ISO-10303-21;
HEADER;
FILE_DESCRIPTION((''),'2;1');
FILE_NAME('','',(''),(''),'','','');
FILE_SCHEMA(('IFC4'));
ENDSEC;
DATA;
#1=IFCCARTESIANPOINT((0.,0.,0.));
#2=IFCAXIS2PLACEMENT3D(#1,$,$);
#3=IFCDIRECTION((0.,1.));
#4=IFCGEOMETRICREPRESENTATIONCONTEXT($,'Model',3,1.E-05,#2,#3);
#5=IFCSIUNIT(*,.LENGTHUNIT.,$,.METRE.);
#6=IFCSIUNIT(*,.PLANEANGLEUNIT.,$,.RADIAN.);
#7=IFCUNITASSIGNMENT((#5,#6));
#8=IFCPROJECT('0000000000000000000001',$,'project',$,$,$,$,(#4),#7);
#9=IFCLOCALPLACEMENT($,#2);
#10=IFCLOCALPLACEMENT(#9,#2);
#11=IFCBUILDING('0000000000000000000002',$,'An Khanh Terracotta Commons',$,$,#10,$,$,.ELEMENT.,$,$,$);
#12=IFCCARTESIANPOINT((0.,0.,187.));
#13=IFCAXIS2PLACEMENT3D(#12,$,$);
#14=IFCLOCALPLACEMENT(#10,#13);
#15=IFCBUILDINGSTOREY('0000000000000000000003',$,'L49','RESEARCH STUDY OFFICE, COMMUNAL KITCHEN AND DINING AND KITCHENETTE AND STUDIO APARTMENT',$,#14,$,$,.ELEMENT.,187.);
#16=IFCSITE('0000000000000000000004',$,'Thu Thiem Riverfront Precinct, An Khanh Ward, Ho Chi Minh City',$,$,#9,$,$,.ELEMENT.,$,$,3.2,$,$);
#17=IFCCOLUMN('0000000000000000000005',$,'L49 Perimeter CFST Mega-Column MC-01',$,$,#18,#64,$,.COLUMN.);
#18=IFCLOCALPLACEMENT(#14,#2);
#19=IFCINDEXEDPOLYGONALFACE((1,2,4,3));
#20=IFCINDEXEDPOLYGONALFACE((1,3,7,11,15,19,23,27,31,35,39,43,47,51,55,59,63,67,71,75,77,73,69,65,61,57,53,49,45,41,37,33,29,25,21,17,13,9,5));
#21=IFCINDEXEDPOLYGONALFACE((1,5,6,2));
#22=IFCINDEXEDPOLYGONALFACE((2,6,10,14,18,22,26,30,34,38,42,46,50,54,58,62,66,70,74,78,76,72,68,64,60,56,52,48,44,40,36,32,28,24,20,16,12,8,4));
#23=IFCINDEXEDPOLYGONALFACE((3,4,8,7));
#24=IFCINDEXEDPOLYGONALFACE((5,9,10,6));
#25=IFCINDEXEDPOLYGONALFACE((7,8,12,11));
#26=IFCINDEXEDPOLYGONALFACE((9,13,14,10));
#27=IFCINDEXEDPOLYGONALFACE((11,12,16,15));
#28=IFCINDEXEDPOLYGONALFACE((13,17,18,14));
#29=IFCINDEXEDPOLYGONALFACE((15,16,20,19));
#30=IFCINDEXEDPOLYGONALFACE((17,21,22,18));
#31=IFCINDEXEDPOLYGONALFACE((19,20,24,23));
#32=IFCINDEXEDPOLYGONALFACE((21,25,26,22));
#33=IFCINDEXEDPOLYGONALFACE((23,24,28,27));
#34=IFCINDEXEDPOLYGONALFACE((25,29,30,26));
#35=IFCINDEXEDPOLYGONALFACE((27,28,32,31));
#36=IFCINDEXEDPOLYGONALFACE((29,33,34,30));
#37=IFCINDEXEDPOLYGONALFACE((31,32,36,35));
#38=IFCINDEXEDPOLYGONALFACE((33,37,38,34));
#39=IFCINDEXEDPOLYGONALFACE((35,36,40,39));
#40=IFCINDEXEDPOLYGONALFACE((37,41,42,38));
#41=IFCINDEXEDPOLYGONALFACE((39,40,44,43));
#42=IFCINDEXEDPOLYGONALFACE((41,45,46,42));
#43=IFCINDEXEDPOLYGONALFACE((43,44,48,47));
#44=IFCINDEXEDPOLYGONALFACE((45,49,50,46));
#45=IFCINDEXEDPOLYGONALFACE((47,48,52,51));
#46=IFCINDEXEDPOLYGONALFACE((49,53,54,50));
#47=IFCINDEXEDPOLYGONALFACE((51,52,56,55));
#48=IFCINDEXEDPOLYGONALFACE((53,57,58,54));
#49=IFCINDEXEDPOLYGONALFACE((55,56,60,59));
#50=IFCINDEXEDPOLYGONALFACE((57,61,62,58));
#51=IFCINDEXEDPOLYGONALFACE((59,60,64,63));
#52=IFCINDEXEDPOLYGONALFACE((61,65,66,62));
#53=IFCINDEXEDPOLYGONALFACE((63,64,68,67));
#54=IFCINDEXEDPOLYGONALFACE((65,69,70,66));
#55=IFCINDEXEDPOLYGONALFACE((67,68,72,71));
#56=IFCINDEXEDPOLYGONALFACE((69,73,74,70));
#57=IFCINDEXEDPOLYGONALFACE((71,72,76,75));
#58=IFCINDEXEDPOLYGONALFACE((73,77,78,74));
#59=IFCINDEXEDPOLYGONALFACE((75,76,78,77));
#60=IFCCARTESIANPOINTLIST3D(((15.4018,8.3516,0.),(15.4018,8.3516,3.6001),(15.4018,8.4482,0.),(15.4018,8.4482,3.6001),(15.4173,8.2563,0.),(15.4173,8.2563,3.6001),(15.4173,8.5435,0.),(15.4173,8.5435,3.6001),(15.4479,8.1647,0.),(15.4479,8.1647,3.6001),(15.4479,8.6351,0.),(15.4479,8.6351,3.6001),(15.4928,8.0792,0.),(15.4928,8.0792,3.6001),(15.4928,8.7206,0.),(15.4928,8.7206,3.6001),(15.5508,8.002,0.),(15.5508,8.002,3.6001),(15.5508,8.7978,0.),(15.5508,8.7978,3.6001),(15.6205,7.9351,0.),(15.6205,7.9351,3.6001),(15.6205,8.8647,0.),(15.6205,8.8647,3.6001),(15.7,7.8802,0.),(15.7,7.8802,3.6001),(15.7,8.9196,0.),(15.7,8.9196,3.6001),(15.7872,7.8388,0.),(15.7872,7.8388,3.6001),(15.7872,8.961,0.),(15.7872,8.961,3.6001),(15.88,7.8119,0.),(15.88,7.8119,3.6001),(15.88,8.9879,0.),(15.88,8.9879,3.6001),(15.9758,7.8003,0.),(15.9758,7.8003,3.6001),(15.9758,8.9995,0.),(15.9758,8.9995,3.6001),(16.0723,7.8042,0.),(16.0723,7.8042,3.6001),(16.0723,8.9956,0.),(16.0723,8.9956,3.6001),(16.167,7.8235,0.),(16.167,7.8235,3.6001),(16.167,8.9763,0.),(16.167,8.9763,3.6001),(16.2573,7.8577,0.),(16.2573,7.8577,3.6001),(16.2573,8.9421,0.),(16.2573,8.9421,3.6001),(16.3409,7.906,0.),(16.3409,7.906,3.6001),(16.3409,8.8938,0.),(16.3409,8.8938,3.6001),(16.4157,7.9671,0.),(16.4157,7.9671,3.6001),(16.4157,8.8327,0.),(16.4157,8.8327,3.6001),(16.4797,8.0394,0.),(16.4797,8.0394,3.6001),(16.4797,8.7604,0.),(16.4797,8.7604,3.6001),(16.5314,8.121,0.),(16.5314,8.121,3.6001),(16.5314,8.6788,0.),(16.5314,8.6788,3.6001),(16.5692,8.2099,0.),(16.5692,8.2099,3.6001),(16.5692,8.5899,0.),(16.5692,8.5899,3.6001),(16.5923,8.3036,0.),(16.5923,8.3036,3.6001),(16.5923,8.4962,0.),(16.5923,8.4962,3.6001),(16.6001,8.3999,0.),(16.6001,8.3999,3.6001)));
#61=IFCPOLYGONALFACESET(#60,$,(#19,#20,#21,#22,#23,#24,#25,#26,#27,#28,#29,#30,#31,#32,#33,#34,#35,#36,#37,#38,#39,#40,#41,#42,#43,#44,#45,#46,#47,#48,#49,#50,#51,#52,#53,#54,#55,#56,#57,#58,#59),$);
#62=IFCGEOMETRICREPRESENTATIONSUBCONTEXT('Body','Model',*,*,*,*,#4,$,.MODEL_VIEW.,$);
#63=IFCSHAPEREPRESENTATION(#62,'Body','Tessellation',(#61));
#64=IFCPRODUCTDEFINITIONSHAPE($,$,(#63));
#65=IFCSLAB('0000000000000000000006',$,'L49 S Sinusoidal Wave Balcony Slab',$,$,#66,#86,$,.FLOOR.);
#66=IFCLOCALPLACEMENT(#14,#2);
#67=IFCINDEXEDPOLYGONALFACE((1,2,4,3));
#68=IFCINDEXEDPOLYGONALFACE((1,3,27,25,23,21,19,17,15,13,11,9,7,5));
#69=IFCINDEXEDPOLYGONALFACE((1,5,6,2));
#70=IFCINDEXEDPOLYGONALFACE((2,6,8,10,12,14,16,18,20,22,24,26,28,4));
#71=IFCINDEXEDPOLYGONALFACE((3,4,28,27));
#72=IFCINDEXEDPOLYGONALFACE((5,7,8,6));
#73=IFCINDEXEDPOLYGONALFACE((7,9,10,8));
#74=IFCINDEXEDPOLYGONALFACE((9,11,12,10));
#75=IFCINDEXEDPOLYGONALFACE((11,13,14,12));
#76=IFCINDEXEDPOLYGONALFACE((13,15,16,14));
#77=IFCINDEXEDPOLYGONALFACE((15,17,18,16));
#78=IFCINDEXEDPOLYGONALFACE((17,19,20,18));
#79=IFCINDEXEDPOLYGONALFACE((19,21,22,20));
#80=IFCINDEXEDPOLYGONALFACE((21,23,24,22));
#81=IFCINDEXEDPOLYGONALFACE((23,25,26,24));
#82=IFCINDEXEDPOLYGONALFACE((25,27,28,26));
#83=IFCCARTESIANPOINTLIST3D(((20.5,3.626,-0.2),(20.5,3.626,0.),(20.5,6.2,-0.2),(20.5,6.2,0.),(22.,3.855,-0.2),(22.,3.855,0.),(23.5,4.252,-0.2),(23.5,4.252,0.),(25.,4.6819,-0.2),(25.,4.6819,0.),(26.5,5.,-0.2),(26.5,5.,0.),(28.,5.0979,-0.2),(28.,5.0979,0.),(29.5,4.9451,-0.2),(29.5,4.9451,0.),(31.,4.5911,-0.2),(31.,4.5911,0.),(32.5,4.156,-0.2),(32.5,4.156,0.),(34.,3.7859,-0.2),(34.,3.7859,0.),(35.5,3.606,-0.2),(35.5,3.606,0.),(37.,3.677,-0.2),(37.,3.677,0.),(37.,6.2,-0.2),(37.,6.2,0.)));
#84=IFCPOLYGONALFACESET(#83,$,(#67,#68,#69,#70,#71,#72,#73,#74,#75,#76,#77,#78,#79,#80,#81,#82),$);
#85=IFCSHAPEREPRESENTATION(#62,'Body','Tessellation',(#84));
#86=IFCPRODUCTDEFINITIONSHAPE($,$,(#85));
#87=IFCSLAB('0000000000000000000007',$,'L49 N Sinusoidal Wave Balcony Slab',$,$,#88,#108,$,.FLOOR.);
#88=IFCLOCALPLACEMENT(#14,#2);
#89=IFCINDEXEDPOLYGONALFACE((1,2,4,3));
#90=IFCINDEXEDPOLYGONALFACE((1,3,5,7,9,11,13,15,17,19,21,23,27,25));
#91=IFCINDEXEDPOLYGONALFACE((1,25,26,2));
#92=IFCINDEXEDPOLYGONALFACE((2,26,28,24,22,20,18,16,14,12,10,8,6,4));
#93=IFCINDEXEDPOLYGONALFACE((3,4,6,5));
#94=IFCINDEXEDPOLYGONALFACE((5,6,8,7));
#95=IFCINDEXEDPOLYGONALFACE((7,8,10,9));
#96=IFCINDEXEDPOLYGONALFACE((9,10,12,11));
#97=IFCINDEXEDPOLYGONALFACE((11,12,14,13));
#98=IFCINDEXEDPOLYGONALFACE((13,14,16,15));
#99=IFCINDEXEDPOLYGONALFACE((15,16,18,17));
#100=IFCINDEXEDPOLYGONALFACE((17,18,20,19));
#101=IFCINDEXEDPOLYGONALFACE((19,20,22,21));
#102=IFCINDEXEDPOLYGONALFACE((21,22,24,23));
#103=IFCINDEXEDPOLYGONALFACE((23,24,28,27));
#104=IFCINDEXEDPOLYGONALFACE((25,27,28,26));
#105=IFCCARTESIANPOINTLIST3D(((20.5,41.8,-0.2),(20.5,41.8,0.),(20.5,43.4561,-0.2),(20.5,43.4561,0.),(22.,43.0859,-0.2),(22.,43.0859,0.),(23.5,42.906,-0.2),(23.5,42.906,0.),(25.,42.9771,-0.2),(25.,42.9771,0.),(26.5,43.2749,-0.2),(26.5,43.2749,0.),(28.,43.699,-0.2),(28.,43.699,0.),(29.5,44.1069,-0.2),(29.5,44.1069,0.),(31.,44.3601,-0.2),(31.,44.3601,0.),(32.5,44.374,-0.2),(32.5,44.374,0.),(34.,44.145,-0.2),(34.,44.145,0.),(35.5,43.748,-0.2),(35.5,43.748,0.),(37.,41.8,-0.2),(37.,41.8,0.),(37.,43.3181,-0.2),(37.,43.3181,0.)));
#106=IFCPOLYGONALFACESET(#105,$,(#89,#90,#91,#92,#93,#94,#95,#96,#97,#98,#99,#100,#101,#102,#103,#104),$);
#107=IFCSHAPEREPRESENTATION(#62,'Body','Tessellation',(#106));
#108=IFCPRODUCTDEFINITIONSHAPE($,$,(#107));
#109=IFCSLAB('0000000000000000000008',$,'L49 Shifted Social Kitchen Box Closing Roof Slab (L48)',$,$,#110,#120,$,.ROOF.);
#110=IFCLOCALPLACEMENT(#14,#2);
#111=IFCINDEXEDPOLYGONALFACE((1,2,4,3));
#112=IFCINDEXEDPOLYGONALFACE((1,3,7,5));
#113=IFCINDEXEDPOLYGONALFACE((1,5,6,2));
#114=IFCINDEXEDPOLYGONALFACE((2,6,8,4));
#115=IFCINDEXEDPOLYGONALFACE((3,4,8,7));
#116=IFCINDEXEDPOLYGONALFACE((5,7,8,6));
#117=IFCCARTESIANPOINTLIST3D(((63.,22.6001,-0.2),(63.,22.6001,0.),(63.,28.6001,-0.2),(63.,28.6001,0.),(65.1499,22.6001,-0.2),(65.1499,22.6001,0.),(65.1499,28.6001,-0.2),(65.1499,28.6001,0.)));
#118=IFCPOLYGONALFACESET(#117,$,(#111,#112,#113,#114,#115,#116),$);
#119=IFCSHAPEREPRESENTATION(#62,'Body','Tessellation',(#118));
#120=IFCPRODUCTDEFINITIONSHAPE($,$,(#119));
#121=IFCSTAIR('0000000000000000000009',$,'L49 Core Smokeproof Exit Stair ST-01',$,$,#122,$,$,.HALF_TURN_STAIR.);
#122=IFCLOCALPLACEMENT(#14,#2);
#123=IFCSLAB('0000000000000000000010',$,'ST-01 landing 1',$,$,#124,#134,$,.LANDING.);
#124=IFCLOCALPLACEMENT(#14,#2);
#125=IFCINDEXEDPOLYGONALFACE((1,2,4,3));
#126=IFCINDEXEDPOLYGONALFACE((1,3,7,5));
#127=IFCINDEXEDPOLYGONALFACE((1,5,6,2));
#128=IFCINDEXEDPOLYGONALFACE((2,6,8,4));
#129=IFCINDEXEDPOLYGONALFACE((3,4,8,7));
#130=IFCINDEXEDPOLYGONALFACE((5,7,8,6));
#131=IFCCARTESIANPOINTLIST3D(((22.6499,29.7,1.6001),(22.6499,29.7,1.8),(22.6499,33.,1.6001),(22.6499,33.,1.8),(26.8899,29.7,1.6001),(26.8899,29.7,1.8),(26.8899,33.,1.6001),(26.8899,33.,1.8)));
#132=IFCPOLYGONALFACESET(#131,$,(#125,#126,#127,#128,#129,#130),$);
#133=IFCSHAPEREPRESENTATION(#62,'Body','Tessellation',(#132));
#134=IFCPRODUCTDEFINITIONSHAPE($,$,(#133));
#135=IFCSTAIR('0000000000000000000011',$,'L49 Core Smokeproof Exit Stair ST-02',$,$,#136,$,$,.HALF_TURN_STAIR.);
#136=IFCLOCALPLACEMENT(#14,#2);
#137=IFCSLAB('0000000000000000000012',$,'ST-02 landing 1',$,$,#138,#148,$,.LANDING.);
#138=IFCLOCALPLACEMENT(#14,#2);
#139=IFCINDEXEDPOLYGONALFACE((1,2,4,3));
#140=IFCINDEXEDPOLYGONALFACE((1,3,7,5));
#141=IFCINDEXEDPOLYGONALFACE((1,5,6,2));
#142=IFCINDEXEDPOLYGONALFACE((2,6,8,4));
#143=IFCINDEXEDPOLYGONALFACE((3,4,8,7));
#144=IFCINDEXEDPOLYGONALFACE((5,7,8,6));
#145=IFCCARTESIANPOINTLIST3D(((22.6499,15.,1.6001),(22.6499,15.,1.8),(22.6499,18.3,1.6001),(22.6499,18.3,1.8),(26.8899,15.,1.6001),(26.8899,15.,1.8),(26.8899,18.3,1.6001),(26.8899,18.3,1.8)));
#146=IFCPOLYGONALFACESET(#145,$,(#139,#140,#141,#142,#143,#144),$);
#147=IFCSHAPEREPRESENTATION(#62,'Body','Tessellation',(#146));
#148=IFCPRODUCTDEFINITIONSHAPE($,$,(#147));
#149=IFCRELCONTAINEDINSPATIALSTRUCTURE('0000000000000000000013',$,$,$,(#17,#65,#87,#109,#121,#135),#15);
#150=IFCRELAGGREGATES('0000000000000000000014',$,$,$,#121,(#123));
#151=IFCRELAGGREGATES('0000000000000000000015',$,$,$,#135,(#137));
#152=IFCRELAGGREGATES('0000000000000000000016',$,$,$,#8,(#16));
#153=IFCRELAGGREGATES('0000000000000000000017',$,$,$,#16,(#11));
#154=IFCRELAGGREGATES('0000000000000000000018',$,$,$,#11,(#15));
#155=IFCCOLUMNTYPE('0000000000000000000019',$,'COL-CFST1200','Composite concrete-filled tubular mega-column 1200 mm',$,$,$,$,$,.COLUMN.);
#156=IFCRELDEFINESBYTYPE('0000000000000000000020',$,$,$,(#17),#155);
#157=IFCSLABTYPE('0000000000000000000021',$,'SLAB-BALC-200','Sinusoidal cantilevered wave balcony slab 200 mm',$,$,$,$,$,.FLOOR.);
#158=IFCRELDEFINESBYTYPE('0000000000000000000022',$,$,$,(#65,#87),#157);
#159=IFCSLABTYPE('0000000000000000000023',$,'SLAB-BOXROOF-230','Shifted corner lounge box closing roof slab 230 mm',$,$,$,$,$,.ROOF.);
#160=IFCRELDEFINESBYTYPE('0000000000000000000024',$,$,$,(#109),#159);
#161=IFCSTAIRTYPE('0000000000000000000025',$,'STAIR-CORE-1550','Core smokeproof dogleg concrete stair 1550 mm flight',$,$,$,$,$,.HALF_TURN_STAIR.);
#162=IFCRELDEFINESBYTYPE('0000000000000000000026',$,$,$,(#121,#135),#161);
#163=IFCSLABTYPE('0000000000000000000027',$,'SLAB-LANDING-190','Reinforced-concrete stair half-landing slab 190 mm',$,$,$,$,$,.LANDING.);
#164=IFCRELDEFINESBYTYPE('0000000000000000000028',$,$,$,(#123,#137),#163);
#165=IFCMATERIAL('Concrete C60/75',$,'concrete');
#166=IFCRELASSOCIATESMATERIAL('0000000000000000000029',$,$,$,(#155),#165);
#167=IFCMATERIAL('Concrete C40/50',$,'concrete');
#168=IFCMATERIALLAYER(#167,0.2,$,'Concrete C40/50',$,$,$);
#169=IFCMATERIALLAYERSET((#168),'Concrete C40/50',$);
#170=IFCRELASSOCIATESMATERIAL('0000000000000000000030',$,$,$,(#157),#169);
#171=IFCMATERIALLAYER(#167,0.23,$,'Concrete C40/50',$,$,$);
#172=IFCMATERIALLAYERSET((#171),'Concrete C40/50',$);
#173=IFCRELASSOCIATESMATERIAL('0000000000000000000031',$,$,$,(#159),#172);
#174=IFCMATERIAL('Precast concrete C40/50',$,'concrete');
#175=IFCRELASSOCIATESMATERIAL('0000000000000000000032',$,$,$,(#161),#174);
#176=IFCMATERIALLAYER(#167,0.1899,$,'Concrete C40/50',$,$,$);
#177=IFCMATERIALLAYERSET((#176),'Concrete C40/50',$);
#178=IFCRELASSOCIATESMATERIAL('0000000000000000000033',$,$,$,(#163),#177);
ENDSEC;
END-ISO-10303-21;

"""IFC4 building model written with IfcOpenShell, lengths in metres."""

from ifc_helpers import new_model, si_unit, direction, frame, origin, origin_2d, place, context, subcontext, project, spatial, polyline, circle, outline, extrude, material, layer, layer_set, material_profile, profile_set, type_object, element, aggregate, save


model = new_model("IFC4")

# Units and contexts
model_context = context("Model", 3, precision=1e-05, world=origin(), true_north=direction((0.0, 1.0)))
body_context = subcontext(model_context, "Body", "Model", "MODEL_VIEW")
ifc_project = project(units=[si_unit("LENGTHUNIT", "METRE"), si_unit("PLANEANGLEUNIT", "RADIAN")], contexts=[model_context])

# Site, building, storey
site_placement = place(None, origin())
site = spatial("IfcSite", under=ifc_project, at=site_placement, Name="Thu Thiem Riverfront Precinct, An Khanh Ward, Ho Chi Minh City", CompositionType="ELEMENT", RefElevation=3.2)
building_placement = place(site_placement, origin())
building = spatial("IfcBuilding", under=site, at=building_placement, Name="An Khanh Terracotta Commons", CompositionType="ELEMENT")
storey_placement = place(building_placement, frame((0.0, 0.0, 187.0)))
storey = spatial("IfcBuildingStorey", under=building, at=storey_placement, Name="L49", Description="RESEARCH STUDY OFFICE, COMMUNAL KITCHEN AND DINING AND KITCHENETTE AND STUDIO APARTMENT", CompositionType="ELEMENT", Elevation=187.0)

# Column
ifc_material_1 = material(Name="Concrete C60/75", Category="concrete")
ifc_material_profile = material_profile(ifc_material_1, circle(Radius=0.6001, at=origin_2d()), Name="CFST1200")
ifc_profile_set = profile_set([ifc_material_profile], Name="Concrete C60/75")
column_type = type_object("IfcColumnType", Name="COL-CFST1200", Description="Composite concrete-filled tubular mega-column 1200 mm", PredefinedType="COLUMN", material=ifc_profile_set)
column_placement = place(storey_placement, frame((16.0, 8.3999, 0.0), z_axis=(0.0, 0.0, 1.0), x_axis=(1.0, 0.0, 0.0)))
element("IfcColumn", 1, at=column_placement, inside=storey, type_object=column_type, Name="L49 Perimeter CFST Mega-Column MC-01", PredefinedType="COLUMN", context=body_context, shape_type="SweptSolid", body=[
    extrude(circle(Radius=0.6001, at=origin_2d()), origin(), (0.0, 0.0, 1.0), 3.6001),
])

# Slabs
ifc_material_2 = material(Name="Concrete C40/50", Category="concrete")
ifc_layer_1 = layer(ifc_material_2, 0.2, Name="Concrete C40/50")
ifc_layer_set_1 = layer_set([ifc_layer_1], Name="Concrete C40/50")
slab_type_1 = type_object("IfcSlabType", Name="SLAB-BALC-200", Description="Sinusoidal cantilevered wave balcony slab 200 mm", PredefinedType="FLOOR", material=ifc_layer_set_1)
slab_1_placement = place(storey_placement, frame((0.0, 0.0, -0.2)))
element("IfcSlab", 2, at=slab_1_placement, inside=storey, type_object=slab_type_1, Name="L49 S Sinusoidal Wave Balcony Slab", PredefinedType="FLOOR", context=body_context, shape_type="SweptSolid", body=[
    extrude(outline(polyline([(20.5, 6.2), (20.5, 3.626), (22.0, 3.855), (23.5, 4.252), (25.0, 4.6819), (26.5, 5.0), (28.0, 5.0979), (29.5, 4.9451), (31.0, 4.5911), (32.5, 4.156), (34.0, 3.7859), (35.5, 3.606), (37.0, 3.677), (37.0, 6.2), (20.5, 6.2)])), origin(), (0.0, 0.0, 1.0), 0.2),
])
slab_2_placement = place(storey_placement, frame((0.0, 0.0, -0.2)))
element("IfcSlab", 3, at=slab_2_placement, inside=storey, type_object=slab_type_1, Name="L49 N Sinusoidal Wave Balcony Slab", PredefinedType="FLOOR", context=body_context, shape_type="SweptSolid", body=[
    extrude(outline(polyline([(37.0, 41.8), (37.0, 43.3181), (35.5, 43.748), (34.0, 44.145), (32.5, 44.374), (31.0, 44.3601), (29.5, 44.1069), (28.0, 43.699), (26.5, 43.2749), (25.0, 42.9771), (23.5, 42.906), (22.0, 43.0859), (20.5, 43.4561), (20.5, 41.8), (37.0, 41.8)])), origin(), (0.0, 0.0, 1.0), 0.2),
])
ifc_layer_2 = layer(ifc_material_2, 0.23, Name="Concrete C40/50")
ifc_layer_set_2 = layer_set([ifc_layer_2], Name="Concrete C40/50")
slab_type_2 = type_object("IfcSlabType", Name="SLAB-BOXROOF-230", Description="Shifted corner lounge box closing roof slab 230 mm", PredefinedType="ROOF", material=ifc_layer_set_2)
slab_3_placement = place(storey_placement, frame((0.0, 0.0, -0.2)))
element("IfcSlab", 4, at=slab_3_placement, inside=storey, type_object=slab_type_2, Name="L49 Shifted Social Kitchen Box Closing Roof Slab (L48)", PredefinedType="ROOF", context=body_context, shape_type="SweptSolid", body=[
    extrude(outline(polyline([(63.0, 22.6001), (65.1499, 22.6001), (65.1499, 28.6001), (63.0, 28.6001), (63.0, 22.6001)])), origin(), (0.0, 0.0, 1.0), 0.2),
])

# Stairs, slabs
ifc_material_3 = material(Name="Precast concrete C40/50", Category="concrete")
stair_type = type_object("IfcStairType", Name="STAIR-CORE-1550", Description="Core smokeproof dogleg concrete stair 1550 mm flight", PredefinedType="HALF_TURN_STAIR", material=ifc_material_3)
stair_1_placement = place(storey_placement, origin())
stair_1 = element("IfcStair", 5, at=stair_1_placement, inside=storey, type_object=stair_type, Name="L49 Core Smokeproof Exit Stair ST-01", PredefinedType="HALF_TURN_STAIR")
ifc_layer_3 = layer(ifc_material_2, 0.1899, Name="Concrete C40/50")
ifc_layer_set_3 = layer_set([ifc_layer_3], Name="Concrete C40/50")
slab_type_3 = type_object("IfcSlabType", Name="SLAB-LANDING-190", Description="Reinforced-concrete stair half-landing slab 190 mm", PredefinedType="LANDING", material=ifc_layer_set_3)
slab_4_placement = place(storey_placement, frame((0.0, 0.0, 1.6001)))
slab_4 = element("IfcSlab", 6, at=slab_4_placement, type_object=slab_type_3, Name="ST-01 landing 1", PredefinedType="LANDING", context=body_context, shape_type="SweptSolid", body=[
    extrude(outline(polyline([(26.8899, 33.0), (22.6499, 33.0), (22.6499, 29.7), (26.8899, 29.7), (26.8899, 33.0)])), origin(), (0.0, 0.0, 1.0), 0.2),
])
aggregate(stair_1, [slab_4])
stair_2_placement = place(storey_placement, origin())
stair_2 = element("IfcStair", 7, at=stair_2_placement, inside=storey, type_object=stair_type, Name="L49 Core Smokeproof Exit Stair ST-02", PredefinedType="HALF_TURN_STAIR")
slab_5_placement = place(storey_placement, frame((0.0, 0.0, 1.6001)))
slab_5 = element("IfcSlab", 8, at=slab_5_placement, type_object=slab_type_3, Name="ST-02 landing 1", PredefinedType="LANDING", context=body_context, shape_type="SweptSolid", body=[
    extrude(outline(polyline([(26.8899, 18.3), (22.6499, 18.3), (22.6499, 15.0), (26.8899, 15.0), (26.8899, 18.3)])), origin(), (0.0, 0.0, 1.0), 0.2),
])
aggregate(stair_2, [slab_5])

save(model, "model.ifc")
